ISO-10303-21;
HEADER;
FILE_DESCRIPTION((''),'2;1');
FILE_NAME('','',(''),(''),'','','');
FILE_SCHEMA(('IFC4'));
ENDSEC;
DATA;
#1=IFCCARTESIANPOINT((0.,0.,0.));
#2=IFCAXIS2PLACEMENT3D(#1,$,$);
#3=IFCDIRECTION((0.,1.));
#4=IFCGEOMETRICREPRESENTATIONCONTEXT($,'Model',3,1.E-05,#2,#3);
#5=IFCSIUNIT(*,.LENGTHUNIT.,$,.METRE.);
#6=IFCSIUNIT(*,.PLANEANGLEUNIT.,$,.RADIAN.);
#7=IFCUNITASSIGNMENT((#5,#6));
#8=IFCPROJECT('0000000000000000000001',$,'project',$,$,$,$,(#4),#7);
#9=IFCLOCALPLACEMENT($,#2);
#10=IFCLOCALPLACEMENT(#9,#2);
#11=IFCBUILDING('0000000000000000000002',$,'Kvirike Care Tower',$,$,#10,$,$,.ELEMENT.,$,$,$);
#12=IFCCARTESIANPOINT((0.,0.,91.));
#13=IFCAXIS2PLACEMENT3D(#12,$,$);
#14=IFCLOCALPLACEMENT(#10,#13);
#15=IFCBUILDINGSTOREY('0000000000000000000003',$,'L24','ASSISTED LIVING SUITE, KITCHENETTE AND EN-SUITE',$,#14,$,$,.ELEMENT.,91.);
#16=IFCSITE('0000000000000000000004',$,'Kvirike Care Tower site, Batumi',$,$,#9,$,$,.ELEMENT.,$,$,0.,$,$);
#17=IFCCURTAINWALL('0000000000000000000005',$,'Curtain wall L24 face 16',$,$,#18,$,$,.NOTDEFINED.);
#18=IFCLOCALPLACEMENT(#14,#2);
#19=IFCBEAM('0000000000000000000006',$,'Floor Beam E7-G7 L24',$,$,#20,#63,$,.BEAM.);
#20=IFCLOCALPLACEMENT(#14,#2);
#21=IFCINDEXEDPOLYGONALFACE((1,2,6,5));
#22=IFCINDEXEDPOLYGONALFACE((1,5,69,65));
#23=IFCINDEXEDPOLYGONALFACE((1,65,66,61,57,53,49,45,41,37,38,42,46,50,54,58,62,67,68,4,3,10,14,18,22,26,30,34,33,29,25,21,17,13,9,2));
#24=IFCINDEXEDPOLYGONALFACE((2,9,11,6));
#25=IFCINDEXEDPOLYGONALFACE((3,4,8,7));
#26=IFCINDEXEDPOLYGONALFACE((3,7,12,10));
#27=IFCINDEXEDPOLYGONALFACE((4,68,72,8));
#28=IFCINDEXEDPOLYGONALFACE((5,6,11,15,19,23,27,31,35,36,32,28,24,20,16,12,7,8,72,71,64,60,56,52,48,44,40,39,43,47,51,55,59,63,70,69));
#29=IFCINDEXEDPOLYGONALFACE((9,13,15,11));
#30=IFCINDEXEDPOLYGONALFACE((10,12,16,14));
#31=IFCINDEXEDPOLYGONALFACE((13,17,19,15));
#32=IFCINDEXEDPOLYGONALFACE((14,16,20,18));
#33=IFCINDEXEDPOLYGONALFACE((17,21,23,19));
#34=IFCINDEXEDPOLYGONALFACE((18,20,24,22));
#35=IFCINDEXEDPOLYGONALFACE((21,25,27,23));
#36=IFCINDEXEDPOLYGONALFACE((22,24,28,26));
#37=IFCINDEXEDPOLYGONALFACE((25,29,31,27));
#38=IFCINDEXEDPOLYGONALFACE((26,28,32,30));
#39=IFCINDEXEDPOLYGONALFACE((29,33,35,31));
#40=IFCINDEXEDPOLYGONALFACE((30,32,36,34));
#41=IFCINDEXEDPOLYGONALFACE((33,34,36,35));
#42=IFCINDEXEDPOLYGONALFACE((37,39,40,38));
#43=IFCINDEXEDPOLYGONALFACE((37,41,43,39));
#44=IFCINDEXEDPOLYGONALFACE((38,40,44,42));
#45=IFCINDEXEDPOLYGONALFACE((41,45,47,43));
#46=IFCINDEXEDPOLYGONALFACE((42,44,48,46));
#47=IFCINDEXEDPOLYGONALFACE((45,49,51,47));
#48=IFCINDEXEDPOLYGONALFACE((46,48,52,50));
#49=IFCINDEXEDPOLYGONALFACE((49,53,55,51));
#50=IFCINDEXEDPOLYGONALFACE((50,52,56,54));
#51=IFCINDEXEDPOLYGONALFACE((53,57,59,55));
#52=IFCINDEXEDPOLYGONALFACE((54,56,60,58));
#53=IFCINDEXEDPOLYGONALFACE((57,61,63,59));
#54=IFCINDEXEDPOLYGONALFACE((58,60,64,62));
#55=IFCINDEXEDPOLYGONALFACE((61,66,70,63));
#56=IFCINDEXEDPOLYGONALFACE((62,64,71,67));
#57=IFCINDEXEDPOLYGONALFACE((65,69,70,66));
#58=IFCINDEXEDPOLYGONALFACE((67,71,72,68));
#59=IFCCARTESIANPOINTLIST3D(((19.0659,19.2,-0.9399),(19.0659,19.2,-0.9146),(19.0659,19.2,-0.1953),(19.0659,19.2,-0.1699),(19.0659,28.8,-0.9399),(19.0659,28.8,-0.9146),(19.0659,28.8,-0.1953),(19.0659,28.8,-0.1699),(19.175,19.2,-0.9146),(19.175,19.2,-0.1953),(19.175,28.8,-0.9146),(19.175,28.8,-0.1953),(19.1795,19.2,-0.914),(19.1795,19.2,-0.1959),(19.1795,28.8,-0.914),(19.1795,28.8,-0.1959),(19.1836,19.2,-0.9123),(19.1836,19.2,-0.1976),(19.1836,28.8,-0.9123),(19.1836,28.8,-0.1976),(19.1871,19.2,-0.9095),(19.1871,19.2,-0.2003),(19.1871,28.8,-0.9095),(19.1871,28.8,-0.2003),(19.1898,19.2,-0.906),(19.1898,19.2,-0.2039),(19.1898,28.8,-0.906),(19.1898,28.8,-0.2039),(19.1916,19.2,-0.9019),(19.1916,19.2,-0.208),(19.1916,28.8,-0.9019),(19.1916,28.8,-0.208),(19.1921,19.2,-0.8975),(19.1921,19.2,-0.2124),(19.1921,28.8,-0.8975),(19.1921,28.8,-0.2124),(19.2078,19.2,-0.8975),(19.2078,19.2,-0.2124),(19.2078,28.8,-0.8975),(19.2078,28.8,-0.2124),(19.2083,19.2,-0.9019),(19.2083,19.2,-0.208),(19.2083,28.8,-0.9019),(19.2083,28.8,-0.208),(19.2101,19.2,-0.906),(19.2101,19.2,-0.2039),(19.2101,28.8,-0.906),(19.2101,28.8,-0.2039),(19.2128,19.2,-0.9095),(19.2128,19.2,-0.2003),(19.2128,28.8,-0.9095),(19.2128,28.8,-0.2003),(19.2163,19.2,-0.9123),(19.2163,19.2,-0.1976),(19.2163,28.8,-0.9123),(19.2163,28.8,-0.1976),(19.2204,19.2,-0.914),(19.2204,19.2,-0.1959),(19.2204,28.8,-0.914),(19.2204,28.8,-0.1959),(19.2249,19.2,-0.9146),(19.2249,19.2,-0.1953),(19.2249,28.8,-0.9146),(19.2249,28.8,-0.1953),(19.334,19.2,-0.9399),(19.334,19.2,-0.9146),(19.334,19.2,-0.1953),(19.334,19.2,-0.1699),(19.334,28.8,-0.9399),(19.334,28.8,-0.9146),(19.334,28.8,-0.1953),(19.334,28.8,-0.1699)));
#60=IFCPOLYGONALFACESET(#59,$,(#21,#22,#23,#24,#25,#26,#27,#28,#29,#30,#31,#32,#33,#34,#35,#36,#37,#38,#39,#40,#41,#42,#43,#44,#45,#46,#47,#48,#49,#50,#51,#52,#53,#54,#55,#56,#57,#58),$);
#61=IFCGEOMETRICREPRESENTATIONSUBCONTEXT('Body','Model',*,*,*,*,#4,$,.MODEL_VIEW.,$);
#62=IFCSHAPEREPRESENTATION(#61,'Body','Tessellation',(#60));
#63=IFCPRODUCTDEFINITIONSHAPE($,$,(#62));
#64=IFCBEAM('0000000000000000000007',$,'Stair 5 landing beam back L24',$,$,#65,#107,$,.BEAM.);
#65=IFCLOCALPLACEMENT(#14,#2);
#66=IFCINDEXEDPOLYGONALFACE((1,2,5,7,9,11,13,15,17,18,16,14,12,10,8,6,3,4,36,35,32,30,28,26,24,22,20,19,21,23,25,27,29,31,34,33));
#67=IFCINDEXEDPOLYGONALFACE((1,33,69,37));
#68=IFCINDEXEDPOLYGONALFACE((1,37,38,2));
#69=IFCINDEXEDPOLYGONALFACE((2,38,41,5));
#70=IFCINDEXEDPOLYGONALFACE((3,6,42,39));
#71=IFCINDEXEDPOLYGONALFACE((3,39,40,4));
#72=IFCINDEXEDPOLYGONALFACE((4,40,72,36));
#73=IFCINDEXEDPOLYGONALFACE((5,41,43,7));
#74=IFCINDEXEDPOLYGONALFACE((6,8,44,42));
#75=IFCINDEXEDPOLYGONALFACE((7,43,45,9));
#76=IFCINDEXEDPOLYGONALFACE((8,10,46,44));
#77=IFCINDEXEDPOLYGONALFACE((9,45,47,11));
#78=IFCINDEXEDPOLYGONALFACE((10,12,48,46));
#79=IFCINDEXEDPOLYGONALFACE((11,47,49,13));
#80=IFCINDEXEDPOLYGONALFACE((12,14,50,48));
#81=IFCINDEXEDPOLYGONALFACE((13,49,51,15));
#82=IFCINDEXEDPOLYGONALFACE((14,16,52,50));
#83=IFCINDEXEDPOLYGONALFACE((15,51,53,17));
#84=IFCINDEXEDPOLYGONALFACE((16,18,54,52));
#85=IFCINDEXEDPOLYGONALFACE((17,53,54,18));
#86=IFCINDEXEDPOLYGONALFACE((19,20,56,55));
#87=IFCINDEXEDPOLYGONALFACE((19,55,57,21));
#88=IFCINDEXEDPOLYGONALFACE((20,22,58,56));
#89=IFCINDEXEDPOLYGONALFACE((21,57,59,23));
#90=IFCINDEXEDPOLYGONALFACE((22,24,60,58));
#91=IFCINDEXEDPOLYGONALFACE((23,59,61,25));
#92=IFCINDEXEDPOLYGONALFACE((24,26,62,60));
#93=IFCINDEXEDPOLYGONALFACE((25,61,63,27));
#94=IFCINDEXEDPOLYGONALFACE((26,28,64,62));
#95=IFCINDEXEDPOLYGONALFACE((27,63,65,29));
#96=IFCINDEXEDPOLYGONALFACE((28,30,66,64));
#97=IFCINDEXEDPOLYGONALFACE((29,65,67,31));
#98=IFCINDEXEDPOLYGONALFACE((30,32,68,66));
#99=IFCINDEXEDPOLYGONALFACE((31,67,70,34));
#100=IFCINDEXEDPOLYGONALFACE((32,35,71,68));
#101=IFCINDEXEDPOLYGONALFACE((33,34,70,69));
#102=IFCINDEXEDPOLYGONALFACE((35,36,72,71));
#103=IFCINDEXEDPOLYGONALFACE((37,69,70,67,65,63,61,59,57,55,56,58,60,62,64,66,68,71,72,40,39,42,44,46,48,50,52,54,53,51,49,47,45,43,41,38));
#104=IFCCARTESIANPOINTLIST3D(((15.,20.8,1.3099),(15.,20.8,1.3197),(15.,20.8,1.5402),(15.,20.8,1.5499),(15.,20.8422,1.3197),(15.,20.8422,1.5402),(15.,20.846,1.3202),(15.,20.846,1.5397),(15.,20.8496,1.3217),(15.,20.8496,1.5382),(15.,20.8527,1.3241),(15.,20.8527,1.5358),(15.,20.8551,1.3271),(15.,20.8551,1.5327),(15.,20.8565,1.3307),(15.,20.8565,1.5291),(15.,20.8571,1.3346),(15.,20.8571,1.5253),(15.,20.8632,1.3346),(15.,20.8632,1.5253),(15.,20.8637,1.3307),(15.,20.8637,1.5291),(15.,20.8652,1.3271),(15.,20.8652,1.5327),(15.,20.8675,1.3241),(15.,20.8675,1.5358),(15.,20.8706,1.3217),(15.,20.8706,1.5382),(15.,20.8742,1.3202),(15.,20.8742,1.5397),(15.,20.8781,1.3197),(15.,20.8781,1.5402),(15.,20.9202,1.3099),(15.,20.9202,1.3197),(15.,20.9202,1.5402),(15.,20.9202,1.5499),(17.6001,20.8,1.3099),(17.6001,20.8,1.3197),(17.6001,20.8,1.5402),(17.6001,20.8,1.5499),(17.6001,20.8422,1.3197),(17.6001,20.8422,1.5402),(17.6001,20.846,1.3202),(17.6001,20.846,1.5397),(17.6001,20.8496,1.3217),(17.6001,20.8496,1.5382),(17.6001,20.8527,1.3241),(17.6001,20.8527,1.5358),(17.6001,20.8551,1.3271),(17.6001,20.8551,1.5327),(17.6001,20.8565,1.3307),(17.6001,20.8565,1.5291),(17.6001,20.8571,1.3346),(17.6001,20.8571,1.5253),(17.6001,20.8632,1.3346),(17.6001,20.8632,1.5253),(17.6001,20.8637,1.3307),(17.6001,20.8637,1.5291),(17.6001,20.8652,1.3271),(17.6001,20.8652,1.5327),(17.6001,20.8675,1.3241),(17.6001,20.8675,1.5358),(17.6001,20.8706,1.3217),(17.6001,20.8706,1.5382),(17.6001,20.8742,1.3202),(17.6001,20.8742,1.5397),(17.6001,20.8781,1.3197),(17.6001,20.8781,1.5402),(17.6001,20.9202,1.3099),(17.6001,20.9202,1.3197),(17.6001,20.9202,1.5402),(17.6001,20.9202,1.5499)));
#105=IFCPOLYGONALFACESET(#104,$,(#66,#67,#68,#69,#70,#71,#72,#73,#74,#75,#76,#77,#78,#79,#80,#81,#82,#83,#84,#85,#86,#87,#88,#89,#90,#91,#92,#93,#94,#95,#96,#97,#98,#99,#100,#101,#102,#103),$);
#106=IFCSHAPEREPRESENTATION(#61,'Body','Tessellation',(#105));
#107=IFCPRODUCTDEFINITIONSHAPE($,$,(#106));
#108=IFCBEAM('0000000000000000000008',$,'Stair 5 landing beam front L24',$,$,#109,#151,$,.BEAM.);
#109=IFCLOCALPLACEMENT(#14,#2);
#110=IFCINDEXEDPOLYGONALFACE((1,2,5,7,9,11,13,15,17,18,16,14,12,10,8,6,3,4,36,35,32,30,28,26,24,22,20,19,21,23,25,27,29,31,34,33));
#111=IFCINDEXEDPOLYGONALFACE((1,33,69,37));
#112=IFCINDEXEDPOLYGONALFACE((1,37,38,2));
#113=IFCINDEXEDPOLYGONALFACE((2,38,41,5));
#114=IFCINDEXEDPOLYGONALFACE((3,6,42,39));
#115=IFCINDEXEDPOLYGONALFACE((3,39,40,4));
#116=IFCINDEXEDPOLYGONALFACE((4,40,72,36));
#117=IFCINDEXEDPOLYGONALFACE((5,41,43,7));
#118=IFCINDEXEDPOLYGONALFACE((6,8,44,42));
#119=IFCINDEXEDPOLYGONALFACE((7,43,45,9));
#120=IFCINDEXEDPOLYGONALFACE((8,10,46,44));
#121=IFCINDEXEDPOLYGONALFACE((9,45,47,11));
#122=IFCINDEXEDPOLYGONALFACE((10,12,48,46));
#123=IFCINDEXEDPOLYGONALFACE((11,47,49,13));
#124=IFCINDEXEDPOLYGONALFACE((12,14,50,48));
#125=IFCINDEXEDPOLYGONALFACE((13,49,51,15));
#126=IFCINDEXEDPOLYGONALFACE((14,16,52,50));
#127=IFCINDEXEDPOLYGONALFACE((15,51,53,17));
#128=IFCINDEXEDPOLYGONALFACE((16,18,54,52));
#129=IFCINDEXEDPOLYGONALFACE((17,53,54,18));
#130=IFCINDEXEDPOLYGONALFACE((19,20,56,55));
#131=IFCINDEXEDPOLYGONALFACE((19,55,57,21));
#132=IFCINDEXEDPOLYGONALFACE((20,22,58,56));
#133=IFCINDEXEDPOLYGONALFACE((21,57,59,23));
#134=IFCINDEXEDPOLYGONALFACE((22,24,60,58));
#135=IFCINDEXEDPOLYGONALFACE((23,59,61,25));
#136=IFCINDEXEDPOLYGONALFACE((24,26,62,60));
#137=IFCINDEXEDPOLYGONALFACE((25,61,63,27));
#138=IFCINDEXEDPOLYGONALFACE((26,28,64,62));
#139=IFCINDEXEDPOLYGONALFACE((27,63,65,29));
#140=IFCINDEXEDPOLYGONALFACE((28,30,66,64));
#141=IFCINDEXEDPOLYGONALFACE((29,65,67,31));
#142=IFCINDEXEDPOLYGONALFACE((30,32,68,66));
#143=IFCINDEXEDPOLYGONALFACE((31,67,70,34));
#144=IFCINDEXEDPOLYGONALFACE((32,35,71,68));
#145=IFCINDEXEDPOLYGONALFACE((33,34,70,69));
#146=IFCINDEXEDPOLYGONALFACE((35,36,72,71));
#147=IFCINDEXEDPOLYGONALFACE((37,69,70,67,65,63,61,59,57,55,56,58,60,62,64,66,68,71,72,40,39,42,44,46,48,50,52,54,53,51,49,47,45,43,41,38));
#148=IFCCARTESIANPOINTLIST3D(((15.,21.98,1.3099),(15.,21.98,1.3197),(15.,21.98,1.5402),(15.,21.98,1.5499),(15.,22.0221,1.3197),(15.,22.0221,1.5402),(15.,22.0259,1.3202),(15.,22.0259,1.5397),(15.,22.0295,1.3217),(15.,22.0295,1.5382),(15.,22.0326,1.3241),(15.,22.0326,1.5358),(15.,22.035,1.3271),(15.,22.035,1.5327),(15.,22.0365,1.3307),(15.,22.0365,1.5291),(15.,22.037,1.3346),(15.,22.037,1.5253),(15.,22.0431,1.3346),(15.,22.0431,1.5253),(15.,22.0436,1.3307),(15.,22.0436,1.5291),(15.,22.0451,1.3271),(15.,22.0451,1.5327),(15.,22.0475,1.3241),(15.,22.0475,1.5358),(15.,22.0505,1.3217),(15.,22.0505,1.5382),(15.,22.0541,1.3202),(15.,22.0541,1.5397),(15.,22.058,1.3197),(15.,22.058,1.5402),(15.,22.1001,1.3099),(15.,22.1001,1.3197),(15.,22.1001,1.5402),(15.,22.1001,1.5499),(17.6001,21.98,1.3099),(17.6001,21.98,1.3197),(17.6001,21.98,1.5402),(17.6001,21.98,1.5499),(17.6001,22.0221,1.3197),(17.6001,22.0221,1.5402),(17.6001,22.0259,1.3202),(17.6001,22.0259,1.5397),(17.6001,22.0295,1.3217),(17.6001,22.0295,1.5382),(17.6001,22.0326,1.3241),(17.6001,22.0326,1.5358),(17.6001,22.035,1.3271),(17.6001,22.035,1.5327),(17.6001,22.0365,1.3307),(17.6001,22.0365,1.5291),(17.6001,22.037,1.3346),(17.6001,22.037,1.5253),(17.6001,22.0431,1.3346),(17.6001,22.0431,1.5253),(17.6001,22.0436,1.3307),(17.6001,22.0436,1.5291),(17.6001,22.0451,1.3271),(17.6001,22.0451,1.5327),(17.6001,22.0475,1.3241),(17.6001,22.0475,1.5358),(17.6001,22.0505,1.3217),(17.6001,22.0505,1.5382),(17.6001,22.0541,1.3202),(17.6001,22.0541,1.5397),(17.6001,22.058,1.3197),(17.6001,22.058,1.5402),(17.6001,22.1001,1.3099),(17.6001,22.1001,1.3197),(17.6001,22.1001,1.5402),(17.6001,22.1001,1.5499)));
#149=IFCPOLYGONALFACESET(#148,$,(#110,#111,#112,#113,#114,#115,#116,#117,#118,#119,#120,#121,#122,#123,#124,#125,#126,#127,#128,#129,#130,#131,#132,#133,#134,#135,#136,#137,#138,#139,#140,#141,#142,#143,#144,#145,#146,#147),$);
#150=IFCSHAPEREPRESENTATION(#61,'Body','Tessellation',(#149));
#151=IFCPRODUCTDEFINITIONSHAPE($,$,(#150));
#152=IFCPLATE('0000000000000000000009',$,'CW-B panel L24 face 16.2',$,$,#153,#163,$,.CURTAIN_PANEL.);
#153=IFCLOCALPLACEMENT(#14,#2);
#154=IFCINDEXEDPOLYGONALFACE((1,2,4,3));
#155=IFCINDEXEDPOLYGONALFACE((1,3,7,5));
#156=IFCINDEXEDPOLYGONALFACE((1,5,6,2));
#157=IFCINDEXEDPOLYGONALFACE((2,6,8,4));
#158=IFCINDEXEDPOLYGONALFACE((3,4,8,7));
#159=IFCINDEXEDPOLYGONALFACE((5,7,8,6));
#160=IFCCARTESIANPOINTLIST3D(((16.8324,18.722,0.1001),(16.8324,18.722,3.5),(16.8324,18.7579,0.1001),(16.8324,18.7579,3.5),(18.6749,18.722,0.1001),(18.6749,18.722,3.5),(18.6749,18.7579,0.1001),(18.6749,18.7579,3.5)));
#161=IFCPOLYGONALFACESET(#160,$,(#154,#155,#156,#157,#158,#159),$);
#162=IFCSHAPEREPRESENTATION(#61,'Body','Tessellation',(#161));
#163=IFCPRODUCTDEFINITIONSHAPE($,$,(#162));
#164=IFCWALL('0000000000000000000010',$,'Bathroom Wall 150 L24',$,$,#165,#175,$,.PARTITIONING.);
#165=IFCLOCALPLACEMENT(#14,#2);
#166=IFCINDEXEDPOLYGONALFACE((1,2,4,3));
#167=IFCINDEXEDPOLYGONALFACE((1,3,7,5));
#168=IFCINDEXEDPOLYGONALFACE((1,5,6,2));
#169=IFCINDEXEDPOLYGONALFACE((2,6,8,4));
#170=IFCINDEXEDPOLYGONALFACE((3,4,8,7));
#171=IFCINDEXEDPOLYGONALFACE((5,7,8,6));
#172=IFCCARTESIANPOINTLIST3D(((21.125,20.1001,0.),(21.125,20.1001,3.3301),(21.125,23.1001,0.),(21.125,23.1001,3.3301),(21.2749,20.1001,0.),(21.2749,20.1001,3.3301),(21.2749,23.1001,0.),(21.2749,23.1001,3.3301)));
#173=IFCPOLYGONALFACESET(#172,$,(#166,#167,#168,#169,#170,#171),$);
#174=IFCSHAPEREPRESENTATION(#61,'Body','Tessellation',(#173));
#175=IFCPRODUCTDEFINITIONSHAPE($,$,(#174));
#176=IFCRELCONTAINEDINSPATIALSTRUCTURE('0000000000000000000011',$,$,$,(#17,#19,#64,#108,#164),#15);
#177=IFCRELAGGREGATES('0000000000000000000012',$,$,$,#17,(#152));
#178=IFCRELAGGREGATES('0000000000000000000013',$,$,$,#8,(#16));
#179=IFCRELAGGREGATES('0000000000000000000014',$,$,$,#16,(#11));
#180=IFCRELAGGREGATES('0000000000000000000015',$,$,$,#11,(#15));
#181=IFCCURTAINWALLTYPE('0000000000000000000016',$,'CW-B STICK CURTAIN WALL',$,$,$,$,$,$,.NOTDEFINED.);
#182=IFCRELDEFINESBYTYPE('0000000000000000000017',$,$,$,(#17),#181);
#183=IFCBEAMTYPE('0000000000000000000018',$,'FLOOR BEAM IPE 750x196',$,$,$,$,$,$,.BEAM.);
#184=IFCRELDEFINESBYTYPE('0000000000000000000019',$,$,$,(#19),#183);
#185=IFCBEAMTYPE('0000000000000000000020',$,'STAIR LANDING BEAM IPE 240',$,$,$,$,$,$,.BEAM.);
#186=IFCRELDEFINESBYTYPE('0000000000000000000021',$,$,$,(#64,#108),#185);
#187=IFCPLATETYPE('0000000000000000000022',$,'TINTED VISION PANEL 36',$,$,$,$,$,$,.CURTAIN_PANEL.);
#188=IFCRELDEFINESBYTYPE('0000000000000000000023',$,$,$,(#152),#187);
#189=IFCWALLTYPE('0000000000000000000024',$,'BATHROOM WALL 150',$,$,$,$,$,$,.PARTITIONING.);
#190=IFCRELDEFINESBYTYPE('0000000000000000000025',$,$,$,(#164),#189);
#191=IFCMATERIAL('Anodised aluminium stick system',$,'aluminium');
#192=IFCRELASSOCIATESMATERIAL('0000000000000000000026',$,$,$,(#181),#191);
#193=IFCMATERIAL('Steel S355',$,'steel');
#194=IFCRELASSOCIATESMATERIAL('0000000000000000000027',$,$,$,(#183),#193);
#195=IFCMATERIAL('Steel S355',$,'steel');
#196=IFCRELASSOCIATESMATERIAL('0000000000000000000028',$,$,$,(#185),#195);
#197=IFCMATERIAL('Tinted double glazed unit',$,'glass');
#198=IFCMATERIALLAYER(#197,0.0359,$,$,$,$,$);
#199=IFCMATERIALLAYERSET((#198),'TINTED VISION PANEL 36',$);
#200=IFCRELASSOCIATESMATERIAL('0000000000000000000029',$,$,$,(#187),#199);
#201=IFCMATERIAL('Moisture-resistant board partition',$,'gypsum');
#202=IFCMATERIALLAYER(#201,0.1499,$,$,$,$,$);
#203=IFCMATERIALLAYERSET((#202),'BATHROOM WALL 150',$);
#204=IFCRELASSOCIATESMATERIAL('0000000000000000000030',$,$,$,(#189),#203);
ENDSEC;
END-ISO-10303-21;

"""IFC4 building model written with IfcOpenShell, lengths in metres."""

from ifc_helpers import new_model, si_unit, direction, frame, frame_2d, origin, origin_2d, place, context, subcontext, project, spatial, rectangle, i_section, extrude, material, layer, layer_set, material_profile, profile_set, type_object, element, aggregate, save


model = new_model("IFC4")

# Units and contexts
model_context = context("Model", 3, precision=1e-05, world=origin(), true_north=direction((0.0, 1.0)))
body_context = subcontext(model_context, "Body", "Model", "MODEL_VIEW")
ifc_project = project(units=[si_unit("LENGTHUNIT", "METRE"), si_unit("PLANEANGLEUNIT", "RADIAN")], contexts=[model_context])

# Site, building, storey
site_placement = place(None, origin())
site = spatial("IfcSite", under=ifc_project, at=site_placement, Name="Kvirike Care Tower site, Batumi", CompositionType="ELEMENT", RefElevation=0.0)
building_placement = place(site_placement, origin())
building = spatial("IfcBuilding", under=site, at=building_placement, Name="Kvirike Care Tower", CompositionType="ELEMENT")
storey_placement = place(building_placement, frame((0.0, 0.0, 91.0)))
storey = spatial("IfcBuildingStorey", under=building, at=storey_placement, Name="L24", Description="ASSISTED LIVING SUITE, KITCHENETTE AND EN-SUITE", CompositionType="ELEMENT", Elevation=91.0)

# Curtain wall
ifc_material_1 = material(Name="Anodised aluminium stick system", Category="aluminium")
curtain_wall_type = type_object("IfcCurtainWallType", Name="CW-B STICK CURTAIN WALL", PredefinedType="NOTDEFINED", material=ifc_material_1)
curtain_wall_placement = place(storey_placement, origin())
curtain_wall = element("IfcCurtainWall", 1, at=curtain_wall_placement, inside=storey, type_object=curtain_wall_type, Name="Curtain wall L24 face 16", PredefinedType="NOTDEFINED")

# Beams
ifc_material_2 = material(Name="Steel S355", Category="steel")
ifc_material_profile_1 = material_profile(ifc_material_2, i_section(OverallWidth=0.2681, OverallDepth=0.77, WebThickness=0.0156, FlangeThickness=0.0254, FilletRadius=0.0171, at=origin_2d()), Name="IPE 750x196")
ifc_profile_set_1 = profile_set([ifc_material_profile_1], Name="Steel S355")
beam_type_1 = type_object("IfcBeamType", Name="FLOOR BEAM IPE 750x196", PredefinedType="BEAM", material=ifc_profile_set_1)
for number, where, z_axis, x_axis, name in (
    (2, (19.2, 19.2, -0.5549), (0.0, 1.0, 0.0), (-1.0, 0.0, 0.0), "Floor Beam E7-G7 L24"),
):
    element("IfcBeam", number, at=place(storey_placement, frame(where, z_axis=z_axis, x_axis=x_axis)), inside=storey, type_object=beam_type_1, Name=name, PredefinedType="BEAM", context=body_context, shape_type="SweptSolid", body=[
        extrude(i_section(OverallWidth=0.2681, OverallDepth=0.77, WebThickness=0.0156, FlangeThickness=0.0254, FilletRadius=0.0171, at=origin_2d()), origin(), (0.0, 0.0, 1.0), 9.6001),
    ])
ifc_material_3 = material(Name="Steel S355", Category="steel")
ifc_material_profile_2 = material_profile(ifc_material_3, i_section(OverallWidth=0.1201, OverallDepth=0.24, WebThickness=0.0061, FlangeThickness=0.0098, FilletRadius=0.0149, at=origin_2d()), Name="IPE 240")
ifc_profile_set_2 = profile_set([ifc_material_profile_2], Name="Steel S355")
beam_type_2 = type_object("IfcBeamType", Name="STAIR LANDING BEAM IPE 240", PredefinedType="BEAM", material=ifc_profile_set_2)
for number, where, z_axis, x_axis, name in (
    (3, (15.0, 20.8601, 1.4299), (1.0, 0.0, 0.0), (0.0, 1.0, 0.0), "Stair 5 landing beam back L24"),
    (4, (15.0, 22.04, 1.4299), (1.0, 0.0, 0.0), (0.0, 1.0, 0.0), "Stair 5 landing beam front L24"),
):
    element("IfcBeam", number, at=place(storey_placement, frame(where, z_axis=z_axis, x_axis=x_axis)), inside=storey, type_object=beam_type_2, Name=name, PredefinedType="BEAM", context=body_context, shape_type="SweptSolid", body=[
        extrude(i_section(OverallWidth=0.1201, OverallDepth=0.24, WebThickness=0.0061, FlangeThickness=0.0098, FilletRadius=0.0149, at=origin_2d()), origin(), (0.0, 0.0, 1.0), 2.6001),
    ])

# Plate
ifc_material_4 = material(Name="Tinted double glazed unit", Category="glass")
ifc_layer_1 = layer(ifc_material_4, 0.0359)
ifc_layer_set_1 = layer_set([ifc_layer_1], Name="TINTED VISION PANEL 36")
plate_type = type_object("IfcPlateType", Name="TINTED VISION PANEL 36", PredefinedType="CURTAIN_PANEL", material=ifc_layer_set_1)
plate_placement = place(storey_placement, frame((17.7537, 18.74, 0.1001), z_axis=(0.0, 0.0, 1.0), x_axis=(1.0, 0.0, 0.0)))
plate = element("IfcPlate", 5, at=plate_placement, type_object=plate_type, Name="CW-B panel L24 face 16.2", PredefinedType="CURTAIN_PANEL", context=body_context, shape_type="SweptSolid", body=[
    extrude(rectangle(XDim=1.8425, YDim=0.0359, at=origin_2d()), origin(), (0.0, 0.0, 1.0), 3.3999),
])
aggregate(curtain_wall, [plate])

# Wall
ifc_material_5 = material(Name="Moisture-resistant board partition", Category="gypsum")
ifc_layer_2 = layer(ifc_material_5, 0.1499)
ifc_layer_set_2 = layer_set([ifc_layer_2], Name="BATHROOM WALL 150")
wall_type_1 = type_object("IfcWallType", Name="BATHROOM WALL 150", PredefinedType="PARTITIONING", material=ifc_layer_set_2)
wall_1_placement = place(storey_placement, frame((21.2, 20.1001, 0.0), z_axis=(0.0, 0.0, 1.0), x_axis=(0.0, 1.0, 0.0)))
element("IfcWall", 6, at=wall_1_placement, inside=storey, type_object=wall_type_1, Name="Bathroom Wall 150 L24", PredefinedType="PARTITIONING", context=body_context, shape_type="SweptSolid", body=[
    extrude(rectangle(XDim=3.0, YDim=0.1499, at=frame_2d((1.5, 0.0))), origin(), (0.0, 0.0, 1.0), 3.3301),
])

save(model, "model.ifc")
